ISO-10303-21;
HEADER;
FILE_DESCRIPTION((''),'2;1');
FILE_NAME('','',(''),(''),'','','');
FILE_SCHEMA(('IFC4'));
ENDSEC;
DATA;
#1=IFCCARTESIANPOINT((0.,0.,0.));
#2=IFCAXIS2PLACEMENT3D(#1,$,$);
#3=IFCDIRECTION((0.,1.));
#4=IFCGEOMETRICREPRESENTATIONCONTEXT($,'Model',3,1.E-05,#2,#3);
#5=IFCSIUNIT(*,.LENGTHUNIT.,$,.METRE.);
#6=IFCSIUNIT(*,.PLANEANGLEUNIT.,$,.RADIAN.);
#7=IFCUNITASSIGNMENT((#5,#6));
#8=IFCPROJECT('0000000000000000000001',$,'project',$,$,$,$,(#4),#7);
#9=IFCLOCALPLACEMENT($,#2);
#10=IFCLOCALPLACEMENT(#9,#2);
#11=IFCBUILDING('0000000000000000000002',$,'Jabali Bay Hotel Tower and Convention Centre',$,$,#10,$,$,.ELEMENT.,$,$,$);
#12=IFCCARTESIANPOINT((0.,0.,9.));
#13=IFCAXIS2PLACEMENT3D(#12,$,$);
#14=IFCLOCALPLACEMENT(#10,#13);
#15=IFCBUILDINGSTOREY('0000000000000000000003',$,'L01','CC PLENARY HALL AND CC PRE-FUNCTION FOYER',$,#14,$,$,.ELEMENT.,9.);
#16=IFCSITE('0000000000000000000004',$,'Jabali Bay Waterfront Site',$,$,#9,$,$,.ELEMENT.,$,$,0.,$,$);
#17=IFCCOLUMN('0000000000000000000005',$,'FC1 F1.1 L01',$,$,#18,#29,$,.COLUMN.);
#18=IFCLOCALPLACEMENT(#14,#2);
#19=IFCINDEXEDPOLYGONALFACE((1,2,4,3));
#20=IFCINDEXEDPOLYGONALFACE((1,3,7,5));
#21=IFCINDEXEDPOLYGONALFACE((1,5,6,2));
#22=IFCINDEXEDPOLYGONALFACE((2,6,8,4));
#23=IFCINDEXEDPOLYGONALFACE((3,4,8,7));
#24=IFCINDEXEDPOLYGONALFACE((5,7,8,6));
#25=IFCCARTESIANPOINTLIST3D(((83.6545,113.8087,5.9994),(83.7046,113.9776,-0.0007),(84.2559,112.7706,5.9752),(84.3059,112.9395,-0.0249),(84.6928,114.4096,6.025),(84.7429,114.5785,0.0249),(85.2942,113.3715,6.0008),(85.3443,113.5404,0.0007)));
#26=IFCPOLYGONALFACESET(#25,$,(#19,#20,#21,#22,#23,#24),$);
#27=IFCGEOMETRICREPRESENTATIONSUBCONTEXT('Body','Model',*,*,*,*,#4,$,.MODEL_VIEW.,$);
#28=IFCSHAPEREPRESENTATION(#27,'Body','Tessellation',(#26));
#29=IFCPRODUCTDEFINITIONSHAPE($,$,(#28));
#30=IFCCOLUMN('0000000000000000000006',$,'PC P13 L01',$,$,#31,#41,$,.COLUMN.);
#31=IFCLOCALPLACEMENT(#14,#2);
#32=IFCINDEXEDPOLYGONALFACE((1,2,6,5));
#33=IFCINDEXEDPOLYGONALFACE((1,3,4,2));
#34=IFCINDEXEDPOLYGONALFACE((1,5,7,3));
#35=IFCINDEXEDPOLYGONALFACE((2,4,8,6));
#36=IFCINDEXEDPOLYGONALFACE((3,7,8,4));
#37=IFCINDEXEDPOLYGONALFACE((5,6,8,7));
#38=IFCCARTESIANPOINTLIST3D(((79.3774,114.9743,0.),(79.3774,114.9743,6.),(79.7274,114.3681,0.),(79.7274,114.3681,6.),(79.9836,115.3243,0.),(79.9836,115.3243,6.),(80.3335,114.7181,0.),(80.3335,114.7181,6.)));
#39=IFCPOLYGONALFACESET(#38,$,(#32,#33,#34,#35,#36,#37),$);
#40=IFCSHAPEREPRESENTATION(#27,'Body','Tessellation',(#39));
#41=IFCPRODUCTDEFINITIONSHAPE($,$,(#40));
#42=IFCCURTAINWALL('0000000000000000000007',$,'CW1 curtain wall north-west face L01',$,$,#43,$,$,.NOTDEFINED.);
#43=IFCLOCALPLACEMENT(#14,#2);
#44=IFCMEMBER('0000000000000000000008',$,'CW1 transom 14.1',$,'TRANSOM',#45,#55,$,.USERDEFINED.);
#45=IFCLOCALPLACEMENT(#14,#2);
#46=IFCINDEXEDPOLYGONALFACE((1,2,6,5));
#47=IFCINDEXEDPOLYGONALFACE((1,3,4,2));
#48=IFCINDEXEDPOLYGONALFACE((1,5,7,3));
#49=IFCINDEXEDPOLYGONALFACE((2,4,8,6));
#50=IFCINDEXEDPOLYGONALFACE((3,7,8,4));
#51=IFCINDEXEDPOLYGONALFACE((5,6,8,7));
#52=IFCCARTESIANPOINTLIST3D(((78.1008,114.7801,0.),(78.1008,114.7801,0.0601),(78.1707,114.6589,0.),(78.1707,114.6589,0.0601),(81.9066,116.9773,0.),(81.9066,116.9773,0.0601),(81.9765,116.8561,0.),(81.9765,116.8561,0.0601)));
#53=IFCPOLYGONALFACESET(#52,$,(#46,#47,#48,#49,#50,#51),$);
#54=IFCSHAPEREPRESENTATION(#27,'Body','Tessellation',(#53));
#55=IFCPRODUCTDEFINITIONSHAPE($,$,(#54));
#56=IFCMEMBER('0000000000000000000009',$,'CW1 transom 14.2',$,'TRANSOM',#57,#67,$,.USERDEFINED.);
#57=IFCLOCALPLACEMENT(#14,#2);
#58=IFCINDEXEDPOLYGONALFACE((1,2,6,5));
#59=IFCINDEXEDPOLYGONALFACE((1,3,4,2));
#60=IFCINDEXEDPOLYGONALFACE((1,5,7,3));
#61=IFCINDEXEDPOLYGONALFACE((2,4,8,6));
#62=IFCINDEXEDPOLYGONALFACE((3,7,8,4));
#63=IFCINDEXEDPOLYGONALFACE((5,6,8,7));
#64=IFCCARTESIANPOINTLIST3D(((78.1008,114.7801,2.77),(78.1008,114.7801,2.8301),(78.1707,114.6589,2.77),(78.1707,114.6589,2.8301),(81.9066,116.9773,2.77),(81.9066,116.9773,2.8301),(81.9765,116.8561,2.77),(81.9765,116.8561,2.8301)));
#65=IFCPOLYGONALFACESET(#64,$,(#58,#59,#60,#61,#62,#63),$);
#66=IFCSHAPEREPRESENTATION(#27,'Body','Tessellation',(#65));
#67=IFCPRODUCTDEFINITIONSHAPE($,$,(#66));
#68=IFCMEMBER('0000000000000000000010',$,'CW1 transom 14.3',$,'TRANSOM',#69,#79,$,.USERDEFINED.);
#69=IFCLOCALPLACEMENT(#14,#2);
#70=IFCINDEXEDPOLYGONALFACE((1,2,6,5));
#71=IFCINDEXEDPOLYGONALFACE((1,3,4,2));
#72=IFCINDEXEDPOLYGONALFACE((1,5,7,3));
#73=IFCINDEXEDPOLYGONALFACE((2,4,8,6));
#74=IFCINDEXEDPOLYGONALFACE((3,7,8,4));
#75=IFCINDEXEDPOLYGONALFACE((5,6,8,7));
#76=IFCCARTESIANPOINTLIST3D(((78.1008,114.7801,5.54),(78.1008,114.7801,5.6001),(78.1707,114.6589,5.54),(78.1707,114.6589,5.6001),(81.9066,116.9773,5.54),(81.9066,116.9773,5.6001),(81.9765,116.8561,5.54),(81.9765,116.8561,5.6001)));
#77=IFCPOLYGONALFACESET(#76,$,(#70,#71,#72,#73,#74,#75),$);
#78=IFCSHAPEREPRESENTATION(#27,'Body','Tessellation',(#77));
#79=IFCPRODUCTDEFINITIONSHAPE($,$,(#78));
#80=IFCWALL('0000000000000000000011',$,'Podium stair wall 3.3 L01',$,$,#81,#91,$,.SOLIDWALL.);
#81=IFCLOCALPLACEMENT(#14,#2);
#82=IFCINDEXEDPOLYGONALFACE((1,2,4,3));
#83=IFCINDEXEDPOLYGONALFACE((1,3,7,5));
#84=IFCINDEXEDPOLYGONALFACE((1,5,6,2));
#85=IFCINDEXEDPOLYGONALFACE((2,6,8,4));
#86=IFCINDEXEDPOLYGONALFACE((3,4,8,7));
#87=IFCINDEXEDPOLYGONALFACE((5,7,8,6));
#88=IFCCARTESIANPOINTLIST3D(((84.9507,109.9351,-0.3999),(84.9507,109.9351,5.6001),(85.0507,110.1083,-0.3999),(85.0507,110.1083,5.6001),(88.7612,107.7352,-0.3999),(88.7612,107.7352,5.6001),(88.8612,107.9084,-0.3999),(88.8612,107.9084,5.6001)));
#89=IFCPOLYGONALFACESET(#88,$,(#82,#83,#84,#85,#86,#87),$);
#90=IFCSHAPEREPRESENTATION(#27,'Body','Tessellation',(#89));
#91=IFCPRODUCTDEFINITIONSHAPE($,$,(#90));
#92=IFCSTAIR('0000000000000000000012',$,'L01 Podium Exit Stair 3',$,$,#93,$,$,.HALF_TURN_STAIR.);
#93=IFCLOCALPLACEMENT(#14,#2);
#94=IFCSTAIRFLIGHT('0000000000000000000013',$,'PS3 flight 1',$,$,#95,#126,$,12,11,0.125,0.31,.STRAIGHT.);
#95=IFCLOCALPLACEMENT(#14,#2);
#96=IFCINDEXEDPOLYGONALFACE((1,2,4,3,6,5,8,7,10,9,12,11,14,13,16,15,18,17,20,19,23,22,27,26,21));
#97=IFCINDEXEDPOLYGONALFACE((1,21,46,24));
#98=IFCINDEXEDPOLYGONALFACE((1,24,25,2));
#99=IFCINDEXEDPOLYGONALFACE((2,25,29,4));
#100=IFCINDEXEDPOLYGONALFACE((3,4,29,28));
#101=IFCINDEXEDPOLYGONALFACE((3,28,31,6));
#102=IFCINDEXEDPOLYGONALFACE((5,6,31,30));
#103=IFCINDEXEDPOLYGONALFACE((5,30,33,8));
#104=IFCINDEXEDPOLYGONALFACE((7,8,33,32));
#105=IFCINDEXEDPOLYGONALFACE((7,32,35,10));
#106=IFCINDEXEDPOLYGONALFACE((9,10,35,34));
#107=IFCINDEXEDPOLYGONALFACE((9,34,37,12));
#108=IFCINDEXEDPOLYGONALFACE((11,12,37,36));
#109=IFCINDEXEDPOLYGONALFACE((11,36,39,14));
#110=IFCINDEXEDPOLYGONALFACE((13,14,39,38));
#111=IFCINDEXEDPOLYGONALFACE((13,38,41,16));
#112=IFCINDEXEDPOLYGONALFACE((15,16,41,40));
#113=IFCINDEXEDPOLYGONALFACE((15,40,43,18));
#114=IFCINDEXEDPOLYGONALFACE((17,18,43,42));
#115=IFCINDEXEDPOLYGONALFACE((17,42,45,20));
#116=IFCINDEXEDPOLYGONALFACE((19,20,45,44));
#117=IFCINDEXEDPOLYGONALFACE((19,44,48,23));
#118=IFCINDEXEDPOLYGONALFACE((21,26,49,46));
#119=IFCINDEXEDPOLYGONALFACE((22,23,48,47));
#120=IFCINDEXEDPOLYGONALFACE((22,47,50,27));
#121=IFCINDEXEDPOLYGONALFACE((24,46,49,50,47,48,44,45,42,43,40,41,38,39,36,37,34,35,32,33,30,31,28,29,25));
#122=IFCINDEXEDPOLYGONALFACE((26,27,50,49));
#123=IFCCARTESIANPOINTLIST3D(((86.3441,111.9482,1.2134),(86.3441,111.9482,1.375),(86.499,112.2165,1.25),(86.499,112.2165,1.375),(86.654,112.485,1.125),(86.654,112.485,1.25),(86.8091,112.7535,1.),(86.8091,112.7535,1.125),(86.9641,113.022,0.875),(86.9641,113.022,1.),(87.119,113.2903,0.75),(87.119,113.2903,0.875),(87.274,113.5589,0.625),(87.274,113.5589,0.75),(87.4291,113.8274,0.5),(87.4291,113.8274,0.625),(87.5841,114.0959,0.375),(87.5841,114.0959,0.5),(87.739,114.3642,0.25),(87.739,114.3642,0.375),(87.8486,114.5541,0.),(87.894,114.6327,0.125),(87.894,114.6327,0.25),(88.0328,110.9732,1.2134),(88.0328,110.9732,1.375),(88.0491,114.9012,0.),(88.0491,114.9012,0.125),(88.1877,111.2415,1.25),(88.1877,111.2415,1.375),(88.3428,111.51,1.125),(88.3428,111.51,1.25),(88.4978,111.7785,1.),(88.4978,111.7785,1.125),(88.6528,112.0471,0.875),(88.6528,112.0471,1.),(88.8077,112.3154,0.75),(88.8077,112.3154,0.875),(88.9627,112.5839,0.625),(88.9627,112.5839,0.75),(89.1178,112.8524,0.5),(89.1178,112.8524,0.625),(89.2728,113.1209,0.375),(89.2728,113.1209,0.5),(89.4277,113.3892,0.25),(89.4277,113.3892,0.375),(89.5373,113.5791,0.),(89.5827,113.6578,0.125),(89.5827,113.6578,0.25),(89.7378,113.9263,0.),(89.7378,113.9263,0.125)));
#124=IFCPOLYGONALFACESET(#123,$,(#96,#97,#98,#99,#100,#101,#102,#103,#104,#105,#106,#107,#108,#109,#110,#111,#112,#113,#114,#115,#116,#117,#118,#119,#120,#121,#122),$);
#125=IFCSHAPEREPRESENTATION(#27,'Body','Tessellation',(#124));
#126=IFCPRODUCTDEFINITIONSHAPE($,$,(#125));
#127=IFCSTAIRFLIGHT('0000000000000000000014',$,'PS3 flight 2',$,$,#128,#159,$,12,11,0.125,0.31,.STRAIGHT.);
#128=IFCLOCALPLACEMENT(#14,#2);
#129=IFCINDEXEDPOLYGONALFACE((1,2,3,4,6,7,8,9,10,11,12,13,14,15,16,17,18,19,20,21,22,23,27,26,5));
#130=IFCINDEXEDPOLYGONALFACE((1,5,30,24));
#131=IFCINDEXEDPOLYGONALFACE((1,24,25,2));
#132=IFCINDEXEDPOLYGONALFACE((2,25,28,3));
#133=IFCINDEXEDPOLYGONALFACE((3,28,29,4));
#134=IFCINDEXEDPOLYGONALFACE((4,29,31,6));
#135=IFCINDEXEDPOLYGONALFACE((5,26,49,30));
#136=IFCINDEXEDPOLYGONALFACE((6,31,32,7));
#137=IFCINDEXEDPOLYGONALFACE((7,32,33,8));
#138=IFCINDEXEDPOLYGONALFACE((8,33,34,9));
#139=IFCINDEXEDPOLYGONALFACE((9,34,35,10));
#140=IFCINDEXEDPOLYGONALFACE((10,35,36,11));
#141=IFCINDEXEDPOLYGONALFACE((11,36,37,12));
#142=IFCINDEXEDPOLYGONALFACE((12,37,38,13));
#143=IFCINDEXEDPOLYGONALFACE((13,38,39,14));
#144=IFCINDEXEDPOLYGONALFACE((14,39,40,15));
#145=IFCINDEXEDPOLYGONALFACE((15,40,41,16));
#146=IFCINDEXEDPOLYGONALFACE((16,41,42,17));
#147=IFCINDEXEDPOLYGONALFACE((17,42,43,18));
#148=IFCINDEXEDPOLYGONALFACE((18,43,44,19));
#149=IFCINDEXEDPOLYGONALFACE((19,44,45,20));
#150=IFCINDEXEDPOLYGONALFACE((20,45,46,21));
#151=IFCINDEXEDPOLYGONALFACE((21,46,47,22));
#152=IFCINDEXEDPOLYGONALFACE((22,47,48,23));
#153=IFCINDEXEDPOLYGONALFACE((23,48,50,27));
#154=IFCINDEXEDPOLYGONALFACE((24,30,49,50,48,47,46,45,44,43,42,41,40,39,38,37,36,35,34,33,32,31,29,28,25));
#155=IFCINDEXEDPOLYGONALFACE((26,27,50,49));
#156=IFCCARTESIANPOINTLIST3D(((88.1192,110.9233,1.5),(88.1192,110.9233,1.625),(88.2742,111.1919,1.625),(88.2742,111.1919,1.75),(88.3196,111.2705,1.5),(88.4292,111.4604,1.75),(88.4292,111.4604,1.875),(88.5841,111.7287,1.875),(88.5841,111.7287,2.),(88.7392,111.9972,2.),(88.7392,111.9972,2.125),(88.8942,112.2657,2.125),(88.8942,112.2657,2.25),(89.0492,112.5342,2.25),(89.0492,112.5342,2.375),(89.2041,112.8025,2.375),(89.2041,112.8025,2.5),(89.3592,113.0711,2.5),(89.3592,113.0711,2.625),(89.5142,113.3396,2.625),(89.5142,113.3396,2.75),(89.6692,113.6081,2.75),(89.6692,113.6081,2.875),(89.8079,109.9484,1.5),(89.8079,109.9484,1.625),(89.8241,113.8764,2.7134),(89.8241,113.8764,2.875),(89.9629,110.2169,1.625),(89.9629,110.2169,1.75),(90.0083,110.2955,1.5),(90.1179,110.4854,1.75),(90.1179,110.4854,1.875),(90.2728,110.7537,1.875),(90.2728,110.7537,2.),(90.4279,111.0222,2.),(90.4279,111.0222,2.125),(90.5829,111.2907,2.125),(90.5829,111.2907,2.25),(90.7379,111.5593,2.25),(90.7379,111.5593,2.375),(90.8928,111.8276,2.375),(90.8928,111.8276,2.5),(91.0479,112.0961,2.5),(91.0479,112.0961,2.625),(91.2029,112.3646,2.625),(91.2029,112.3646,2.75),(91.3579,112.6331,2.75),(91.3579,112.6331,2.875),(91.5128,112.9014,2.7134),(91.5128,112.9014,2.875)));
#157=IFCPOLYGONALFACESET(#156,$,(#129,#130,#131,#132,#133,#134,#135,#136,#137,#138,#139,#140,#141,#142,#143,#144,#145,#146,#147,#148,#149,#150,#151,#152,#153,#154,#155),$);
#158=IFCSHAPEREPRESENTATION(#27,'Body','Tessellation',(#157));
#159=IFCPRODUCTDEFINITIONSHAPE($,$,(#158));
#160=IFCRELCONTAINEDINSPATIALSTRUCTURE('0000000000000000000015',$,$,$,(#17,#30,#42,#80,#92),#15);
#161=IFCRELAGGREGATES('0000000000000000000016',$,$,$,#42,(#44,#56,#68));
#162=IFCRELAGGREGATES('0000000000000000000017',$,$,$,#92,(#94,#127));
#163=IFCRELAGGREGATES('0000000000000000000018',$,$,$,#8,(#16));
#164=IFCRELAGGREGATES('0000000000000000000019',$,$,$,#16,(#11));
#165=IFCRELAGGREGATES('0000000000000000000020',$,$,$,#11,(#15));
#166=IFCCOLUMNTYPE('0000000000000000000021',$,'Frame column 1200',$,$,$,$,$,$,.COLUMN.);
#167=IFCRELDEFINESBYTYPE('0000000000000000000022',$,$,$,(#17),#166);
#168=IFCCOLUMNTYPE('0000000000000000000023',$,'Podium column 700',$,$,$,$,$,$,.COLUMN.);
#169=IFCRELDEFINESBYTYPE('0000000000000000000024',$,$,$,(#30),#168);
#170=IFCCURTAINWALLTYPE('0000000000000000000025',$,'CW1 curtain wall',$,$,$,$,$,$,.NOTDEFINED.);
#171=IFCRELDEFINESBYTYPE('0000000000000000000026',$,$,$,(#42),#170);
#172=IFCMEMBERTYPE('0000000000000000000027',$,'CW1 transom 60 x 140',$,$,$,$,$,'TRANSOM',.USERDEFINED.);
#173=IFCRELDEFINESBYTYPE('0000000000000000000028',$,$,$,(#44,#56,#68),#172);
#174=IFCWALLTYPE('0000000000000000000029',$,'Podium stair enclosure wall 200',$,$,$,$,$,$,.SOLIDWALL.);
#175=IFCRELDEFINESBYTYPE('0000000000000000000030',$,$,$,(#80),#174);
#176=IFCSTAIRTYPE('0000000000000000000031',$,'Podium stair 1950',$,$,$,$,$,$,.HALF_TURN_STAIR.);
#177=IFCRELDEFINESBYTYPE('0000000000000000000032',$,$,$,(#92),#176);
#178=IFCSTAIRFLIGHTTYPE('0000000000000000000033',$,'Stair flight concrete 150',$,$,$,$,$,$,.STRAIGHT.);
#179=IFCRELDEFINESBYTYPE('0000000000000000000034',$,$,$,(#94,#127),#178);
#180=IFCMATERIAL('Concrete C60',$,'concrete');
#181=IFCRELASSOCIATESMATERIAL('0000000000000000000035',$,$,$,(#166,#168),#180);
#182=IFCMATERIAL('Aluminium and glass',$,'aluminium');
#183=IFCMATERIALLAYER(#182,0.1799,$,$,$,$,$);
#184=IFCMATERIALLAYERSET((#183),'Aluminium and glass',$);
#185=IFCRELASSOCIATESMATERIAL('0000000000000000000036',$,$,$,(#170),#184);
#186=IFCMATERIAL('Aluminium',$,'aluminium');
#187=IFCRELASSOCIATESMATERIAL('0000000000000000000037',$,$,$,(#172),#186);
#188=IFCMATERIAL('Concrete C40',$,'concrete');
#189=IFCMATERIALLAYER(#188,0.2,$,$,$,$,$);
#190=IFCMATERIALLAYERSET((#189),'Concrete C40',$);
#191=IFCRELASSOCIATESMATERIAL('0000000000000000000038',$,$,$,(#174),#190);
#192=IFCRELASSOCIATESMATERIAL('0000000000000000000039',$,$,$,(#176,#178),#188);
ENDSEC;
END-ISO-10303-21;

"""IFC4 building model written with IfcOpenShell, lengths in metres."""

from ifc_helpers import new_model, si_unit, direction, frame, frame_2d, origin, origin_2d, place, context, subcontext, project, spatial, polyline, rectangle, outline, extrude, material, layer, layer_set, material_profile, profile_set, type_object, element, aggregate, save


model = new_model("IFC4")

# Units and contexts
model_context = context("Model", 3, precision=1e-05, world=origin(), true_north=direction((0.0, 1.0)))
body_context = subcontext(model_context, "Body", "Model", "MODEL_VIEW")
ifc_project = project(units=[si_unit("LENGTHUNIT", "METRE"), si_unit("PLANEANGLEUNIT", "RADIAN")], contexts=[model_context])

# Site, building, storey
site_placement = place(None, origin())
site = spatial("IfcSite", under=ifc_project, at=site_placement, Name="Jabali Bay Waterfront Site", CompositionType="ELEMENT", RefElevation=0.0)
building_placement = place(site_placement, origin())
building = spatial("IfcBuilding", under=site, at=building_placement, Name="Jabali Bay Hotel Tower and Convention Centre", CompositionType="ELEMENT")
storey_placement = place(building_placement, frame((0.0, 0.0, 9.0)))
storey = spatial("IfcBuildingStorey", under=building, at=storey_placement, Name="L01", Description="CC PLENARY HALL AND CC PRE-FUNCTION FOYER", CompositionType="ELEMENT", Elevation=9.0)

# Columns
ifc_material_1 = material(Name="Concrete C60", Category="concrete")
ifc_material_profile_1 = material_profile(ifc_material_1, rectangle(XDim=1.2, YDim=1.2, at=origin_2d()), Name="Frame column 1200")
ifc_profile_set_1 = profile_set([ifc_material_profile_1], Name="Concrete C60")
column_type_1 = type_object("IfcColumnType", Name="Frame column 1200", PredefinedType="COLUMN", material=ifc_profile_set_1)
column_1_placement = place(storey_placement, frame((84.5244, 113.759, 0.0), z_axis=(-0.008338, -0.028145, 0.999569), x_axis=(0.865309, 0.500785, 0.021319)))
element("IfcColumn", 1, at=column_1_placement, inside=storey, type_object=column_type_1, Name="FC1 F1.1 L01", PredefinedType="COLUMN", context=body_context, shape_type="SweptSolid", body=[
    extrude(rectangle(XDim=1.2, YDim=1.2, at=origin_2d()), origin(), (0.0, 0.0, 1.0), 6.0027),
])
ifc_material_profile_2 = material_profile(ifc_material_1, rectangle(XDim=0.7, YDim=0.7, at=origin_2d()), Name="Podium column 700")
ifc_profile_set_2 = profile_set([ifc_material_profile_2], Name="Concrete C60")
column_type_2 = type_object("IfcColumnType", Name="Podium column 700", PredefinedType="COLUMN", material=ifc_profile_set_2)
column_2_placement = place(storey_placement, frame((79.8555, 114.8462, 0.0), z_axis=(0.0, 0.0, 1.0), x_axis=(0.866025, 0.5, 0.0)))
element("IfcColumn", 2, at=column_2_placement, inside=storey, type_object=column_type_2, Name="PC P13 L01", PredefinedType="COLUMN", context=body_context, shape_type="SweptSolid", body=[
    extrude(rectangle(XDim=0.7, YDim=0.7, at=origin_2d()), origin(), (0.0, 0.0, 1.0), 6.0),
])

# Curtain wall, members
ifc_material_2 = material(Name="Aluminium and glass", Category="aluminium")
ifc_layer_1 = layer(ifc_material_2, 0.1799)
ifc_layer_set_1 = layer_set([ifc_layer_1], Name="Aluminium and glass")
curtain_wall_type = type_object("IfcCurtainWallType", Name="CW1 curtain wall", PredefinedType="NOTDEFINED", material=ifc_layer_set_1)
curtain_wall_placement = place(storey_placement, origin())
curtain_wall = element("IfcCurtainWall", 3, at=curtain_wall_placement, inside=storey, type_object=curtain_wall_type, Name="CW1 curtain wall north-west face L01", PredefinedType="NOTDEFINED")
ifc_material_3 = material(Name="Aluminium", Category="aluminium")
ifc_material_profile_3 = material_profile(ifc_material_3, rectangle(XDim=0.1399, YDim=0.0601, at=origin_2d()), Name="CW1 transom 60 x 140")
ifc_profile_set_3 = profile_set([ifc_material_profile_3], Name="Aluminium")
member_type = type_object("IfcMemberType", Name="CW1 transom 60 x 140", ElementType="TRANSOM", PredefinedType="USERDEFINED", material=ifc_profile_set_3)
member_1_placement = place(storey_placement, frame((78.1357, 114.7195, 0.03), z_axis=(0.866033, 0.499987, 0.0), x_axis=(-0.499987, 0.866033, 0.0)))
member_1 = element("IfcMember", 4, at=member_1_placement, type_object=member_type, Name="CW1 transom 14.1", ObjectType="TRANSOM", PredefinedType="USERDEFINED", context=body_context, shape_type="SweptSolid", body=[
    extrude(rectangle(XDim=0.1399, YDim=0.0601, at=origin_2d()), origin(), (0.0, 0.0, 1.0), 4.3945),
])
member_2_placement = place(storey_placement, frame((78.1357, 114.7195, 2.8), z_axis=(0.866033, 0.499987, 0.0), x_axis=(-0.499987, 0.866033, 0.0)))
member_2 = element("IfcMember", 5, at=member_2_placement, type_object=member_type, Name="CW1 transom 14.2", ObjectType="TRANSOM", PredefinedType="USERDEFINED", context=body_context, shape_type="SweptSolid", body=[
    extrude(rectangle(XDim=0.1399, YDim=0.0601, at=origin_2d()), origin(), (0.0, 0.0, 1.0), 4.3945),
])
member_3_placement = place(storey_placement, frame((78.1357, 114.7195, 5.5701), z_axis=(0.866033, 0.499987, 0.0), x_axis=(-0.499987, 0.866033, 0.0)))
member_3 = element("IfcMember", 6, at=member_3_placement, type_object=member_type, Name="CW1 transom 14.3", ObjectType="TRANSOM", PredefinedType="USERDEFINED", context=body_context, shape_type="SweptSolid", body=[
    extrude(rectangle(XDim=0.1399, YDim=0.0601, at=origin_2d()), origin(), (0.0, 0.0, 1.0), 4.3945),
])
aggregate(curtain_wall, [member_1, member_2, member_3])

# Wall
ifc_material_4 = material(Name="Concrete C40", Category="concrete")
ifc_layer_2 = layer(ifc_material_4, 0.2)
ifc_layer_set_2 = layer_set([ifc_layer_2], Name="Concrete C40")
wall_type = type_object("IfcWallType", Name="Podium stair enclosure wall 200", PredefinedType="SOLIDWALL", material=ifc_layer_set_2)
wall_placement = place(storey_placement, frame((85.0007, 110.0217, -0.3999), z_axis=(0.0, 0.0, 1.0), x_axis=(0.866032, -0.499988, 0.0)))
element("IfcWall", 7, at=wall_placement, inside=storey, type_object=wall_type, Name="Podium stair wall 3.3 L01", PredefinedType="SOLIDWALL", context=body_context, shape_type="SweptSolid", body=[
    extrude(rectangle(XDim=4.3999, YDim=0.2, at=frame_2d((2.2, 0.0))), origin(), (0.0, 0.0, 1.0), 6.0),
])

# Stair, stair flights
stair_type = type_object("IfcStairType", Name="Podium stair 1950", PredefinedType="HALF_TURN_STAIR", material=ifc_material_4)
stair_placement = place(storey_placement, origin())
stair = element("IfcStair", 8, at=stair_placement, inside=storey, type_object=stair_type, Name="L01 Podium Exit Stair 3", PredefinedType="HALF_TURN_STAIR")
stair_flight_type = type_object("IfcStairFlightType", Name="Stair flight concrete 150", PredefinedType="STRAIGHT", material=ifc_material_4)
stair_flight_1_placement = place(storey_placement, frame((88.8933, 114.4138, 0.0), z_axis=(0.0, 0.0, 1.0), x_axis=(-0.5, -0.866025, 0.0)))
stair_flight_1 = element("IfcStairFlight", 9, at=stair_flight_1_placement, type_object=stair_flight_type, Name="PS3 flight 1", NumberOfRisers=12, NumberOfTreads=11, PredefinedType="STRAIGHT", RiserHeight=0.125, TreadLength=0.31, context=body_context, shape_type="SweptSolid", body=[
    extrude(outline(polyline([(0.0, 0.0), (0.0, 0.125), (0.3101, 0.125), (0.3101, 0.25), (0.6201, 0.25), (0.6201, 0.375), (0.9299, 0.375), (0.9299, 0.5), (1.24, 0.5), (1.24, 0.625), (1.55, 0.625), (1.55, 0.75), (1.8601, 0.75), (1.8601, 0.875), (2.1699, 0.875), (2.1699, 1.0), (2.48, 1.0), (2.48, 1.125), (2.79, 1.125), (2.79, 1.25), (3.1001, 1.25), (3.1001, 1.375), (3.4099, 1.375), (3.4099, 1.5), (3.4099, 1.2134), (0.4009, 0.0), (0.0, 0.0)])), frame((0.0, 0.9751, 0.0), z_axis=(0.0, -1.0, 0.0), x_axis=(1.0, 0.0, 0.0)), (0.0, 0.0, 1.0), 1.95),
])
stair_flight_2_placement = place(storey_placement, frame((88.9636, 110.4358, 1.5), z_axis=(0.0, 0.0, 1.0), x_axis=(0.5, 0.866025, 0.0)))
stair_flight_2 = element("IfcStairFlight", 10, at=stair_flight_2_placement, type_object=stair_flight_type, Name="PS3 flight 2", NumberOfRisers=12, NumberOfTreads=11, PredefinedType="STRAIGHT", RiserHeight=0.125, TreadLength=0.31, context=body_context, shape_type="SweptSolid", body=[
    extrude(outline(polyline([(0.0, 0.0), (0.0, 0.125), (0.3101, 0.125), (0.3101, 0.25), (0.6201, 0.25), (0.6201, 0.375), (0.9299, 0.375), (0.9299, 0.5), (1.24, 0.5), (1.24, 0.625), (1.55, 0.625), (1.55, 0.75), (1.8601, 0.75), (1.8601, 0.875), (2.1699, 0.875), (2.1699, 1.0), (2.48, 1.0), (2.48, 1.125), (2.79, 1.125), (2.79, 1.25), (3.1001, 1.25), (3.1001, 1.375), (3.4099, 1.375), (3.4099, 1.5), (3.4099, 1.2134), (0.4009, 0.0), (0.0, 0.0)])), frame((0.0, 0.9751, 0.0), z_axis=(0.0, -1.0, 0.0), x_axis=(1.0, 0.0, 0.0)), (0.0, 0.0, 1.0), 1.95),
])
aggregate(stair, [stair_flight_1, stair_flight_2])

save(model, "model.ifc")
